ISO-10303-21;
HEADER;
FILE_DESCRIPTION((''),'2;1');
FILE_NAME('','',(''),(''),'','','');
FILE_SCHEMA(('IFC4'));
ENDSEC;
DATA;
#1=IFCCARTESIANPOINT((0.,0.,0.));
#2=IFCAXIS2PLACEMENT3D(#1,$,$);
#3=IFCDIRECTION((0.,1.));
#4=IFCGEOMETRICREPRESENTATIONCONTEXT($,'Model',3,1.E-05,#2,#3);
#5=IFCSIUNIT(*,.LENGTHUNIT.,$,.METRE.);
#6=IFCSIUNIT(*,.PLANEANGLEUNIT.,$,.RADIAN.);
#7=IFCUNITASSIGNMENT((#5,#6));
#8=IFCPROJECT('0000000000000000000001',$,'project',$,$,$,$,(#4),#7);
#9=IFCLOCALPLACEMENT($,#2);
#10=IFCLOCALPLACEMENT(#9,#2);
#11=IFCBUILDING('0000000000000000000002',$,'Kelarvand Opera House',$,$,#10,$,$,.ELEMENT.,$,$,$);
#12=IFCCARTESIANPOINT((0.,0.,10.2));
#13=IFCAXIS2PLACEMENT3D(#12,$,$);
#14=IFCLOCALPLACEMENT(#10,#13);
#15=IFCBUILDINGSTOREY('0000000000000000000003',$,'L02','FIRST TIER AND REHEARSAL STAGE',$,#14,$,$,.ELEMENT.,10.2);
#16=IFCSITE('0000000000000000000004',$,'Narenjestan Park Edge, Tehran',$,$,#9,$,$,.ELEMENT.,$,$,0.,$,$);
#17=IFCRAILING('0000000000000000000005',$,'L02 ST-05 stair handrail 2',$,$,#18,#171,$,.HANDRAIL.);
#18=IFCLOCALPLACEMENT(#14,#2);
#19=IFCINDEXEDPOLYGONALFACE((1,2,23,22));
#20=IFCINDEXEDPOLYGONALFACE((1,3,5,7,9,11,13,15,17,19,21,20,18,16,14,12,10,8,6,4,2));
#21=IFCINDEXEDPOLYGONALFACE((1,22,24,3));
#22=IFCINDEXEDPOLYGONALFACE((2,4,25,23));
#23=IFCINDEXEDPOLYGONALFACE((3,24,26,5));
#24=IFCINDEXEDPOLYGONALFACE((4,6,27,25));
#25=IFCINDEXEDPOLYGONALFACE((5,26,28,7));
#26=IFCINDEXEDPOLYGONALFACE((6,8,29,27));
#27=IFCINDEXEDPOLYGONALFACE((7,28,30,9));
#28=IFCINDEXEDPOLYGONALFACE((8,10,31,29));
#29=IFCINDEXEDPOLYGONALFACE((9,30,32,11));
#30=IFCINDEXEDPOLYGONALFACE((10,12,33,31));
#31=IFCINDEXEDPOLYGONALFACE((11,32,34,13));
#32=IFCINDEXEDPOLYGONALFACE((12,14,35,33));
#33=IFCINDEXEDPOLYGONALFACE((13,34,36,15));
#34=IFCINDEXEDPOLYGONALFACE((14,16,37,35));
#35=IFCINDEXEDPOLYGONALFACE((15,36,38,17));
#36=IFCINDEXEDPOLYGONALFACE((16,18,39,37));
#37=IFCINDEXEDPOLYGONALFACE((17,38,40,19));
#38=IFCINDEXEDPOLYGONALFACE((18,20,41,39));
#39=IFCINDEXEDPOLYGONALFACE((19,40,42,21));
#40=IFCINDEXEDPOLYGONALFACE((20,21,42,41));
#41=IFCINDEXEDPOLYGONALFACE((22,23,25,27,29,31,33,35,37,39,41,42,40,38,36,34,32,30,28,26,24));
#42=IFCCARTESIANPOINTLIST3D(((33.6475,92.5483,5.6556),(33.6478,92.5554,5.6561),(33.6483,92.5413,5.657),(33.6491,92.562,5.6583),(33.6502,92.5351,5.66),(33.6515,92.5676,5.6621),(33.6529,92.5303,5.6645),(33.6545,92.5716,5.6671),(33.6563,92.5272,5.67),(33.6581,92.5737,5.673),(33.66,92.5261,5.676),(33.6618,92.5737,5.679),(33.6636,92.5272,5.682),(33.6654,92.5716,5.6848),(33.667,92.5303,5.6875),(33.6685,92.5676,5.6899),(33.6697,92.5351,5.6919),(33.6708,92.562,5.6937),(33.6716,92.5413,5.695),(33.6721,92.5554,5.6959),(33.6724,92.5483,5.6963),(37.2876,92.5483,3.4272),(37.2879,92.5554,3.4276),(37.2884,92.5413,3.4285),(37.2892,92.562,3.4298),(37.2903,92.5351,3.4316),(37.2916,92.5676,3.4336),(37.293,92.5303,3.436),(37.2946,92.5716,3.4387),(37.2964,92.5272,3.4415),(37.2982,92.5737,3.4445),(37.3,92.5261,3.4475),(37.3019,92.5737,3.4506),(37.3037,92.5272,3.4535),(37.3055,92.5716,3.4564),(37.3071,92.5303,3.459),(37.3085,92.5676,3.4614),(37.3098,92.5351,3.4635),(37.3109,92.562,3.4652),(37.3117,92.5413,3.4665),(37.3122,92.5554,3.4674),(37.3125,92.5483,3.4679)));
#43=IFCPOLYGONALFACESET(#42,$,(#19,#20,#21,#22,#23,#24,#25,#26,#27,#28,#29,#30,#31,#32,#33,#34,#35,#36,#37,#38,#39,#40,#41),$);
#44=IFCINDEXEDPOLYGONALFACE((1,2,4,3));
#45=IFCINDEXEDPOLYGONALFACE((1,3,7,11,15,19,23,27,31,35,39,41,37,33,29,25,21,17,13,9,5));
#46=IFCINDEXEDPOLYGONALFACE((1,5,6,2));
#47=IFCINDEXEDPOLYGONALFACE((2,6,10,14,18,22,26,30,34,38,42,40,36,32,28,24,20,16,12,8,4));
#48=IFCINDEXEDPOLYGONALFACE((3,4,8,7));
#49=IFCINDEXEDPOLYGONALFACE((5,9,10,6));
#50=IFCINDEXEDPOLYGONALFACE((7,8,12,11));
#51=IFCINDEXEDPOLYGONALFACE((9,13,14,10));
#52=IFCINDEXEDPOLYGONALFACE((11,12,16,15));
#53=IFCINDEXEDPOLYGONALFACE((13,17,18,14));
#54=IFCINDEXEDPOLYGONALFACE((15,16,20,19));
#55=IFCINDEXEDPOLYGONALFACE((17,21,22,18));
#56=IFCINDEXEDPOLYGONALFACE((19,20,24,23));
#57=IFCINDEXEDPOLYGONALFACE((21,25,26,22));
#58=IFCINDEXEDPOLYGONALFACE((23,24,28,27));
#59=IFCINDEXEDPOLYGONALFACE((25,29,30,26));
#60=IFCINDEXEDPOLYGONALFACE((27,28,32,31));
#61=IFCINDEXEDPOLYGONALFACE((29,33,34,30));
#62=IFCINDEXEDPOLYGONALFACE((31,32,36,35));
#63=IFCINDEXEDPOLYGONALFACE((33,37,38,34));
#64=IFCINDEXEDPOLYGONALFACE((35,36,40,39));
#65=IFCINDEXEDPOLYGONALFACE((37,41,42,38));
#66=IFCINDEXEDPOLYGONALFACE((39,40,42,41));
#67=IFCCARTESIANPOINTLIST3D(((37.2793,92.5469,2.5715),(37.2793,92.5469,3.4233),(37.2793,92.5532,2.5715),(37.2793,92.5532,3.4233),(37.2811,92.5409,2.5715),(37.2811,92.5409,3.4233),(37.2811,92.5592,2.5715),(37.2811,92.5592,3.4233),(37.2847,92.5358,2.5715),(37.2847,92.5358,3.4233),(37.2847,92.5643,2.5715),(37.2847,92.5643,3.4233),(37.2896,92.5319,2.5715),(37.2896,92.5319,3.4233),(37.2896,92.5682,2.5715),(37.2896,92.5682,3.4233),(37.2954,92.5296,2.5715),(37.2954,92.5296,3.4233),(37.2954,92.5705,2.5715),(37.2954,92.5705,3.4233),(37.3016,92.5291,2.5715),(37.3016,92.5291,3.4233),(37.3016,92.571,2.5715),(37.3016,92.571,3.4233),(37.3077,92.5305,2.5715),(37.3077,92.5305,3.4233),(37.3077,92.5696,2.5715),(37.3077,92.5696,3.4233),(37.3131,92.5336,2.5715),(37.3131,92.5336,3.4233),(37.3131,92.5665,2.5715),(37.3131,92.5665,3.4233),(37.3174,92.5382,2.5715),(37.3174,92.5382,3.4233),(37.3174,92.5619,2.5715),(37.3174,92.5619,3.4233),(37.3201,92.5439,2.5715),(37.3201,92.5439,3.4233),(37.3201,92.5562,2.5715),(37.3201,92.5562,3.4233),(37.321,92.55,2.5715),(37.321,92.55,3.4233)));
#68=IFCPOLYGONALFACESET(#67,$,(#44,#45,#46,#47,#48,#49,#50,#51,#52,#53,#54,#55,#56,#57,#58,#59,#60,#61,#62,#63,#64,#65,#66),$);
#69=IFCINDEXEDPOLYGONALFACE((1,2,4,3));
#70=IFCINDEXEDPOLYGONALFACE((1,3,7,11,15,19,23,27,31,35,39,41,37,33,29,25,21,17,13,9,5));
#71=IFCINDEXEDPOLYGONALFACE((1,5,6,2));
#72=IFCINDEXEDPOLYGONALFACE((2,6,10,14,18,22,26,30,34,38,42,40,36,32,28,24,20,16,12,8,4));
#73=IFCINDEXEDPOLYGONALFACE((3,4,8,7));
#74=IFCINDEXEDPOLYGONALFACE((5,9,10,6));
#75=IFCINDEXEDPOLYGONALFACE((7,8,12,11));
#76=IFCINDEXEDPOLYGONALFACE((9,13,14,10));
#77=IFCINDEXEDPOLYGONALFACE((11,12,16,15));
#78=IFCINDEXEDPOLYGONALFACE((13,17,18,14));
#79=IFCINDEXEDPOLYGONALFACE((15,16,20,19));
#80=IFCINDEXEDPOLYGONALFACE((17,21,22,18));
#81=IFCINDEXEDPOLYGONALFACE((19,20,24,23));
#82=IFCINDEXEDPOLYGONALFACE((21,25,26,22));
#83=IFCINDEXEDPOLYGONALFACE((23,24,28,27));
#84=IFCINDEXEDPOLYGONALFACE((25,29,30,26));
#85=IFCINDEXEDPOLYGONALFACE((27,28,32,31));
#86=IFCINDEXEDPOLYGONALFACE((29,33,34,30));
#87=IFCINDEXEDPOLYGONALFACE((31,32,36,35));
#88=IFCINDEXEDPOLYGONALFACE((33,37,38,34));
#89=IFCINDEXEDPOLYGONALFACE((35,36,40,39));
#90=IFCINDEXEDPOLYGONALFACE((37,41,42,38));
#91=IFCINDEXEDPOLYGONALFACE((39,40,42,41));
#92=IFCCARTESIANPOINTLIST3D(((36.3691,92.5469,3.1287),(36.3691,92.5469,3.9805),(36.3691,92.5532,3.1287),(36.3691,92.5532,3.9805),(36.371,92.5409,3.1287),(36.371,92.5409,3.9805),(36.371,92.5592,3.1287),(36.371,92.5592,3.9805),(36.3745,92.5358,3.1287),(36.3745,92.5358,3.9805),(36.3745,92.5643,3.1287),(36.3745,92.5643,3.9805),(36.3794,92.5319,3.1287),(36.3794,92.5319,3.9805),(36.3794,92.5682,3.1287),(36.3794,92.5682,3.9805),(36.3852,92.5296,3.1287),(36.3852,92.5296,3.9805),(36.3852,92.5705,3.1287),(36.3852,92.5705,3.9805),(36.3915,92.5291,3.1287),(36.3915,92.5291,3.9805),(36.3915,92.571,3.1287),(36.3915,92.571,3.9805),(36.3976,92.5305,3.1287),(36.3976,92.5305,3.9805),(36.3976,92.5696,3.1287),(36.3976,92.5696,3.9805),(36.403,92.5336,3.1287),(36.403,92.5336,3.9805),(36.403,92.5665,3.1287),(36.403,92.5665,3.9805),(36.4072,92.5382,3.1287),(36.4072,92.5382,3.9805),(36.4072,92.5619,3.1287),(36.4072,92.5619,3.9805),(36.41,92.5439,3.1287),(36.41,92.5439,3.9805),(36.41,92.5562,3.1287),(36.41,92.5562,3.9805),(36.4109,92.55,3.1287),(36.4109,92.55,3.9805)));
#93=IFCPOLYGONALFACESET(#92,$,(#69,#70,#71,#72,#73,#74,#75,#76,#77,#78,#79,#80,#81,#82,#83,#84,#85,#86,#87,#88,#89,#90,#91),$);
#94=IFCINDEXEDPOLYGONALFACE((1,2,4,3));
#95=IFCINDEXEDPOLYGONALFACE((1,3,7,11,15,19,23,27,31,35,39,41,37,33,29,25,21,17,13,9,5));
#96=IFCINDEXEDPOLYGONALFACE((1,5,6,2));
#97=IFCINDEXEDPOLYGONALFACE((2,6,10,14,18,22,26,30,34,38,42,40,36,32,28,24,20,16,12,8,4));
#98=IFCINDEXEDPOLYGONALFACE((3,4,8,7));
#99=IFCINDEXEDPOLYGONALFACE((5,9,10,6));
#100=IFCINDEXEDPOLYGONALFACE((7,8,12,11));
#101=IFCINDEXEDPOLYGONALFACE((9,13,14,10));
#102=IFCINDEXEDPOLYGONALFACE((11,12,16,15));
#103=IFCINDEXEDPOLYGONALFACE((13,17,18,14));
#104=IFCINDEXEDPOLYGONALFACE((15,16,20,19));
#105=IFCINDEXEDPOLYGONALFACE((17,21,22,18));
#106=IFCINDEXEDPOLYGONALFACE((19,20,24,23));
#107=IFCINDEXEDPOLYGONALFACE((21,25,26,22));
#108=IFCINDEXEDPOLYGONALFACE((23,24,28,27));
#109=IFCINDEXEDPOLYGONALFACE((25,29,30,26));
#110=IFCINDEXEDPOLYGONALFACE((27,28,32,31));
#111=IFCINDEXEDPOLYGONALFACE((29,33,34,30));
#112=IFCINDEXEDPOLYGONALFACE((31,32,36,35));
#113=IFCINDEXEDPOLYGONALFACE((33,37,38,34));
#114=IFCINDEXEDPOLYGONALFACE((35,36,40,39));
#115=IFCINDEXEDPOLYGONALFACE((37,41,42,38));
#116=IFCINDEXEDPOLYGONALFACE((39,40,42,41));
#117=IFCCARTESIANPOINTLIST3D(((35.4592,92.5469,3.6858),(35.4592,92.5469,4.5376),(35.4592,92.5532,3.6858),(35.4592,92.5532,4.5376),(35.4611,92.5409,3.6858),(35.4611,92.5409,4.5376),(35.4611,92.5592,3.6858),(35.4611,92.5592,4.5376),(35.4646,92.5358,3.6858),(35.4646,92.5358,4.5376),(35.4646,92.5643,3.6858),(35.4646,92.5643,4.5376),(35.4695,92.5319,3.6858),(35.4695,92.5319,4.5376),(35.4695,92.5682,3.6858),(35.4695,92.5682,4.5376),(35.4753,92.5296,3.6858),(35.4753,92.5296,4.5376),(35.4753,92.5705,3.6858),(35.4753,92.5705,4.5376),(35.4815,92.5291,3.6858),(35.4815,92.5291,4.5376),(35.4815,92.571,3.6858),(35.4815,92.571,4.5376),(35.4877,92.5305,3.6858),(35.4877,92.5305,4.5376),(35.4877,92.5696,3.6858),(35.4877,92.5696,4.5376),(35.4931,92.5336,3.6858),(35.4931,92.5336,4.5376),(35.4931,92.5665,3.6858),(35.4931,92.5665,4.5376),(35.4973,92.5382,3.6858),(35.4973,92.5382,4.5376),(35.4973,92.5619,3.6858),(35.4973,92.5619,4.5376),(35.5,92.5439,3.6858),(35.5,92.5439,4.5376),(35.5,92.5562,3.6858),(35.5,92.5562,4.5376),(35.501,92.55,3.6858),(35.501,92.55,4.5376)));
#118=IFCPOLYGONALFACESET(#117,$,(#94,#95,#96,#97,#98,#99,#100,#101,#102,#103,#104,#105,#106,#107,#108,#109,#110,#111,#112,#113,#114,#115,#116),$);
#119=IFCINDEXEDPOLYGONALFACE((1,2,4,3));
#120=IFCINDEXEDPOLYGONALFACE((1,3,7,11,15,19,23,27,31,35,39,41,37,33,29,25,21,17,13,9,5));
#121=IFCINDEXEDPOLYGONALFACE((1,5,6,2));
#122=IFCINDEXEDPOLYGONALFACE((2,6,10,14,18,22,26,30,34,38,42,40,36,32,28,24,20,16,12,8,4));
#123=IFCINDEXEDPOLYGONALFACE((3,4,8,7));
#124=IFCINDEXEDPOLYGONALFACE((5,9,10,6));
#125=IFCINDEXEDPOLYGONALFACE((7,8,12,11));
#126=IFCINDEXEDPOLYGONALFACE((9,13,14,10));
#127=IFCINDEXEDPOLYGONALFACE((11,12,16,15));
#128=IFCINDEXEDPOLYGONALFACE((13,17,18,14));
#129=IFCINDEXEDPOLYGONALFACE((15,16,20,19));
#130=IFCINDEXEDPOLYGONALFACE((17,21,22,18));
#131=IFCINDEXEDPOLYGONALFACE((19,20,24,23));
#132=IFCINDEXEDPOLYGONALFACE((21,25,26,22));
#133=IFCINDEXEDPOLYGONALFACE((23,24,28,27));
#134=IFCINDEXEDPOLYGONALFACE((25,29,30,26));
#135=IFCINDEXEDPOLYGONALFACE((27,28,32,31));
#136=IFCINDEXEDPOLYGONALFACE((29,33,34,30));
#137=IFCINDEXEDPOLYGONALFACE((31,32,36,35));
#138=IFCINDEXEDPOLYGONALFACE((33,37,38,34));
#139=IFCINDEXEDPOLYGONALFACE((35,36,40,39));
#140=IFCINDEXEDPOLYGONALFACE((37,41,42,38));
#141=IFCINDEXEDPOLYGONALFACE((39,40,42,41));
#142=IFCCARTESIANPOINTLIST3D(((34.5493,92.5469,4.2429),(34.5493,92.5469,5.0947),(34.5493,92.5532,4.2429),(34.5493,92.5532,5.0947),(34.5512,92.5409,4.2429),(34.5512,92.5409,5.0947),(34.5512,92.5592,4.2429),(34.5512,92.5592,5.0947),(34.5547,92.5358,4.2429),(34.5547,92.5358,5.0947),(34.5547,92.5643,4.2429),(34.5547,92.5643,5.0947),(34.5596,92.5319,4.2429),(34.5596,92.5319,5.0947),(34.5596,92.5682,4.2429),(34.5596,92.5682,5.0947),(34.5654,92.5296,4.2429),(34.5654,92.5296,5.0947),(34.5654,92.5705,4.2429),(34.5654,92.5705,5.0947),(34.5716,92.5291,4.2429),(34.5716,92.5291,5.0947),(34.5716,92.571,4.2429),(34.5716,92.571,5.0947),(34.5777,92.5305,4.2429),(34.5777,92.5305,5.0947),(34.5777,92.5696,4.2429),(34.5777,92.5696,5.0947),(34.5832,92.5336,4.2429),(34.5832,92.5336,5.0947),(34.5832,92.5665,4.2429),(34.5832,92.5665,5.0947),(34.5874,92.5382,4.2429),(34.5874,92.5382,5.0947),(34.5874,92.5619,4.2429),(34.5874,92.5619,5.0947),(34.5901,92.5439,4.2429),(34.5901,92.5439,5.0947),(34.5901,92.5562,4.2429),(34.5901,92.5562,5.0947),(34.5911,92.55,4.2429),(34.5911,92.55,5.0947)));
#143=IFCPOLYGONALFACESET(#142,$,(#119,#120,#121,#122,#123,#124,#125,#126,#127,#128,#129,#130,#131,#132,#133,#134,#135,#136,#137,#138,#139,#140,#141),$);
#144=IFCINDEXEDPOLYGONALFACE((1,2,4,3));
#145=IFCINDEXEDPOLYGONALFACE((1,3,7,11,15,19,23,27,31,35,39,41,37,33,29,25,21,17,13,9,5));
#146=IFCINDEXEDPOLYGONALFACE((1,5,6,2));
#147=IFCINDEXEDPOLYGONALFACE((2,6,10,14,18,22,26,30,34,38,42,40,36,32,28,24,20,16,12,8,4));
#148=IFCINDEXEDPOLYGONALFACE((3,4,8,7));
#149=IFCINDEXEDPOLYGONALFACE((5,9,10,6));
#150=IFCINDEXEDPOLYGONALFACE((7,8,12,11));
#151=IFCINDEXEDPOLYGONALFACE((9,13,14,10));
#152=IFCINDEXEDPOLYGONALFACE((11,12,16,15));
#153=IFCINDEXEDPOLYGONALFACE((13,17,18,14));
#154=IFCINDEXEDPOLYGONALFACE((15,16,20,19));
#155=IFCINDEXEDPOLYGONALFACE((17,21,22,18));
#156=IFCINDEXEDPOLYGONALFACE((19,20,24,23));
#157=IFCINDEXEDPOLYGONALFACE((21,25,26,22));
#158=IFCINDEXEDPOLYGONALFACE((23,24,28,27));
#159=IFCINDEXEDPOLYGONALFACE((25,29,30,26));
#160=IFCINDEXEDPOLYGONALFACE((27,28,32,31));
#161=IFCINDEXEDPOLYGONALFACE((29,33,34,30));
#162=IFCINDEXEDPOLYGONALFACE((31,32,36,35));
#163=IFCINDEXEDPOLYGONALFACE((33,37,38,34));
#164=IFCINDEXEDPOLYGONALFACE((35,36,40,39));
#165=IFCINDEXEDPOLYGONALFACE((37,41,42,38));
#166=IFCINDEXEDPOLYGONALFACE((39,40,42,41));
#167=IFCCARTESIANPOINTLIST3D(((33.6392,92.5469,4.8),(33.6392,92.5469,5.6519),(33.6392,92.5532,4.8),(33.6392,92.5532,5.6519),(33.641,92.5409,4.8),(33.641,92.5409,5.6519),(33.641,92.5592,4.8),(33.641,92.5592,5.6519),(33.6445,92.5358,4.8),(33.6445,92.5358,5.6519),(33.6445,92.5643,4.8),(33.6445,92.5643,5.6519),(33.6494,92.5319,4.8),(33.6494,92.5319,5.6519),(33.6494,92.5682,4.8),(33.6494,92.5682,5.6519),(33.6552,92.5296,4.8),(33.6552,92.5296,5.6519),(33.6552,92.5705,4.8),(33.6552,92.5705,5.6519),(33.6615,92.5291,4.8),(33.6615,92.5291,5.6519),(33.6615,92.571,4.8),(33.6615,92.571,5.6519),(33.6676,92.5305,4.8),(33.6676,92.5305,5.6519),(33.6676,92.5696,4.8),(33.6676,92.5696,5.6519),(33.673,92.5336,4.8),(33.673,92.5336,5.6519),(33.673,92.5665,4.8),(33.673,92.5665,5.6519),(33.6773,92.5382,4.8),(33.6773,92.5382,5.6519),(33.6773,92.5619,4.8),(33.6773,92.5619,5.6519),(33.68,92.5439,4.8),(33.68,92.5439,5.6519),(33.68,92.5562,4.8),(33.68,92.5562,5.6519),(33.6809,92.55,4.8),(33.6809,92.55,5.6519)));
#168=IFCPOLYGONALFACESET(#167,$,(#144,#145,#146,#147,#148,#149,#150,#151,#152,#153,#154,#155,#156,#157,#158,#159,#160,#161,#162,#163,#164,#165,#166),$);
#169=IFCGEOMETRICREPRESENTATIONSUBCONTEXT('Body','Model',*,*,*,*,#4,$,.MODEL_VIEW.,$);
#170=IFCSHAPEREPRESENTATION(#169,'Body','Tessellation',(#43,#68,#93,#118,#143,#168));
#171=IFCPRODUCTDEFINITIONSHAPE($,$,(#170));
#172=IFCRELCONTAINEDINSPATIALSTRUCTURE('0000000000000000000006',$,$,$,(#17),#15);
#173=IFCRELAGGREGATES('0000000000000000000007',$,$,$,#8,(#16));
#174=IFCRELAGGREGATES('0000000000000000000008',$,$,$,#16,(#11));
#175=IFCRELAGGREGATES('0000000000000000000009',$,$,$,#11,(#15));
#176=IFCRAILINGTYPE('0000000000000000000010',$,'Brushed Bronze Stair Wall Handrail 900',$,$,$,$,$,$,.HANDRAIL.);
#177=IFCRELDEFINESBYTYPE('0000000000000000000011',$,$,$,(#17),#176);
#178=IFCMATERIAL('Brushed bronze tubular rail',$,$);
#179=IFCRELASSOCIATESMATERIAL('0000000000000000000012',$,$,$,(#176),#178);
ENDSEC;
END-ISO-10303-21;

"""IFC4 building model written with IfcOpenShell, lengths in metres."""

from ifc_helpers import new_model, si_unit, direction, frame, origin, origin_2d, place, context, subcontext, project, spatial, circle, extrude, material, type_object, element, save


model = new_model("IFC4")

# Units and contexts
model_context = context("Model", 3, precision=1e-05, world=origin(), true_north=direction((0.0, 1.0)))
body_context = subcontext(model_context, "Body", "Model", "MODEL_VIEW")
ifc_project = project(units=[si_unit("LENGTHUNIT", "METRE"), si_unit("PLANEANGLEUNIT", "RADIAN")], contexts=[model_context])

# Site, building, storey
site_placement = place(None, origin())
site = spatial("IfcSite", under=ifc_project, at=site_placement, Name="Narenjestan Park Edge, Tehran", CompositionType="ELEMENT", RefElevation=0.0)
building_placement = place(site_placement, origin())
building = spatial("IfcBuilding", under=site, at=building_placement, Name="Kelarvand Opera House", CompositionType="ELEMENT")
storey_placement = place(building_placement, frame((0.0, 0.0, 10.2)))
storey = spatial("IfcBuildingStorey", under=building, at=storey_placement, Name="L02", Description="FIRST TIER AND REHEARSAL STAGE", CompositionType="ELEMENT", Elevation=10.2)

# Railing
ifc_material_1 = material(Name="Brushed bronze tubular rail")
railing_type = type_object("IfcRailingType", Name="Brushed Bronze Stair Wall Handrail 900", PredefinedType="HANDRAIL", material=ifc_material_1)
railing_placement = place(storey_placement, frame((37.3, 92.55, 2.5715)))
element("IfcRailing", 1, at=railing_placement, inside=storey, type_object=railing_type, Name="L02 ST-05 stair handrail 2", PredefinedType="HANDRAIL", context=body_context, shape_type="SweptSolid", body=[
    extrude(circle(Radius=0.0239, at=origin_2d()), frame((0.0, 0.0, 0.876), z_axis=(-0.852866, 0.0, 0.52213), x_axis=(0.0, -1.0, 0.0)), (0.0, 0.0, 1.0), 4.2681),
    extrude(circle(Radius=0.021, at=origin_2d()), origin(), (0.0, 0.0, 1.0), 0.8518),
    extrude(circle(Radius=0.021, at=origin_2d()), frame((-0.9102, 0.0, 0.5571)), (0.0, 0.0, 1.0), 0.8518),
    extrude(circle(Radius=0.021, at=origin_2d()), frame((-1.8201, 0.0, 1.1143)), (0.0, 0.0, 1.0), 0.8518),
    extrude(circle(Radius=0.021, at=origin_2d()), frame((-2.73, 0.0, 1.6714)), (0.0, 0.0, 1.0), 0.8518),
    extrude(circle(Radius=0.021, at=origin_2d()), frame((-3.6401, 0.0, 2.2285)), (0.0, 0.0, 1.0), 0.8518),
])

save(model, "model.ifc")
